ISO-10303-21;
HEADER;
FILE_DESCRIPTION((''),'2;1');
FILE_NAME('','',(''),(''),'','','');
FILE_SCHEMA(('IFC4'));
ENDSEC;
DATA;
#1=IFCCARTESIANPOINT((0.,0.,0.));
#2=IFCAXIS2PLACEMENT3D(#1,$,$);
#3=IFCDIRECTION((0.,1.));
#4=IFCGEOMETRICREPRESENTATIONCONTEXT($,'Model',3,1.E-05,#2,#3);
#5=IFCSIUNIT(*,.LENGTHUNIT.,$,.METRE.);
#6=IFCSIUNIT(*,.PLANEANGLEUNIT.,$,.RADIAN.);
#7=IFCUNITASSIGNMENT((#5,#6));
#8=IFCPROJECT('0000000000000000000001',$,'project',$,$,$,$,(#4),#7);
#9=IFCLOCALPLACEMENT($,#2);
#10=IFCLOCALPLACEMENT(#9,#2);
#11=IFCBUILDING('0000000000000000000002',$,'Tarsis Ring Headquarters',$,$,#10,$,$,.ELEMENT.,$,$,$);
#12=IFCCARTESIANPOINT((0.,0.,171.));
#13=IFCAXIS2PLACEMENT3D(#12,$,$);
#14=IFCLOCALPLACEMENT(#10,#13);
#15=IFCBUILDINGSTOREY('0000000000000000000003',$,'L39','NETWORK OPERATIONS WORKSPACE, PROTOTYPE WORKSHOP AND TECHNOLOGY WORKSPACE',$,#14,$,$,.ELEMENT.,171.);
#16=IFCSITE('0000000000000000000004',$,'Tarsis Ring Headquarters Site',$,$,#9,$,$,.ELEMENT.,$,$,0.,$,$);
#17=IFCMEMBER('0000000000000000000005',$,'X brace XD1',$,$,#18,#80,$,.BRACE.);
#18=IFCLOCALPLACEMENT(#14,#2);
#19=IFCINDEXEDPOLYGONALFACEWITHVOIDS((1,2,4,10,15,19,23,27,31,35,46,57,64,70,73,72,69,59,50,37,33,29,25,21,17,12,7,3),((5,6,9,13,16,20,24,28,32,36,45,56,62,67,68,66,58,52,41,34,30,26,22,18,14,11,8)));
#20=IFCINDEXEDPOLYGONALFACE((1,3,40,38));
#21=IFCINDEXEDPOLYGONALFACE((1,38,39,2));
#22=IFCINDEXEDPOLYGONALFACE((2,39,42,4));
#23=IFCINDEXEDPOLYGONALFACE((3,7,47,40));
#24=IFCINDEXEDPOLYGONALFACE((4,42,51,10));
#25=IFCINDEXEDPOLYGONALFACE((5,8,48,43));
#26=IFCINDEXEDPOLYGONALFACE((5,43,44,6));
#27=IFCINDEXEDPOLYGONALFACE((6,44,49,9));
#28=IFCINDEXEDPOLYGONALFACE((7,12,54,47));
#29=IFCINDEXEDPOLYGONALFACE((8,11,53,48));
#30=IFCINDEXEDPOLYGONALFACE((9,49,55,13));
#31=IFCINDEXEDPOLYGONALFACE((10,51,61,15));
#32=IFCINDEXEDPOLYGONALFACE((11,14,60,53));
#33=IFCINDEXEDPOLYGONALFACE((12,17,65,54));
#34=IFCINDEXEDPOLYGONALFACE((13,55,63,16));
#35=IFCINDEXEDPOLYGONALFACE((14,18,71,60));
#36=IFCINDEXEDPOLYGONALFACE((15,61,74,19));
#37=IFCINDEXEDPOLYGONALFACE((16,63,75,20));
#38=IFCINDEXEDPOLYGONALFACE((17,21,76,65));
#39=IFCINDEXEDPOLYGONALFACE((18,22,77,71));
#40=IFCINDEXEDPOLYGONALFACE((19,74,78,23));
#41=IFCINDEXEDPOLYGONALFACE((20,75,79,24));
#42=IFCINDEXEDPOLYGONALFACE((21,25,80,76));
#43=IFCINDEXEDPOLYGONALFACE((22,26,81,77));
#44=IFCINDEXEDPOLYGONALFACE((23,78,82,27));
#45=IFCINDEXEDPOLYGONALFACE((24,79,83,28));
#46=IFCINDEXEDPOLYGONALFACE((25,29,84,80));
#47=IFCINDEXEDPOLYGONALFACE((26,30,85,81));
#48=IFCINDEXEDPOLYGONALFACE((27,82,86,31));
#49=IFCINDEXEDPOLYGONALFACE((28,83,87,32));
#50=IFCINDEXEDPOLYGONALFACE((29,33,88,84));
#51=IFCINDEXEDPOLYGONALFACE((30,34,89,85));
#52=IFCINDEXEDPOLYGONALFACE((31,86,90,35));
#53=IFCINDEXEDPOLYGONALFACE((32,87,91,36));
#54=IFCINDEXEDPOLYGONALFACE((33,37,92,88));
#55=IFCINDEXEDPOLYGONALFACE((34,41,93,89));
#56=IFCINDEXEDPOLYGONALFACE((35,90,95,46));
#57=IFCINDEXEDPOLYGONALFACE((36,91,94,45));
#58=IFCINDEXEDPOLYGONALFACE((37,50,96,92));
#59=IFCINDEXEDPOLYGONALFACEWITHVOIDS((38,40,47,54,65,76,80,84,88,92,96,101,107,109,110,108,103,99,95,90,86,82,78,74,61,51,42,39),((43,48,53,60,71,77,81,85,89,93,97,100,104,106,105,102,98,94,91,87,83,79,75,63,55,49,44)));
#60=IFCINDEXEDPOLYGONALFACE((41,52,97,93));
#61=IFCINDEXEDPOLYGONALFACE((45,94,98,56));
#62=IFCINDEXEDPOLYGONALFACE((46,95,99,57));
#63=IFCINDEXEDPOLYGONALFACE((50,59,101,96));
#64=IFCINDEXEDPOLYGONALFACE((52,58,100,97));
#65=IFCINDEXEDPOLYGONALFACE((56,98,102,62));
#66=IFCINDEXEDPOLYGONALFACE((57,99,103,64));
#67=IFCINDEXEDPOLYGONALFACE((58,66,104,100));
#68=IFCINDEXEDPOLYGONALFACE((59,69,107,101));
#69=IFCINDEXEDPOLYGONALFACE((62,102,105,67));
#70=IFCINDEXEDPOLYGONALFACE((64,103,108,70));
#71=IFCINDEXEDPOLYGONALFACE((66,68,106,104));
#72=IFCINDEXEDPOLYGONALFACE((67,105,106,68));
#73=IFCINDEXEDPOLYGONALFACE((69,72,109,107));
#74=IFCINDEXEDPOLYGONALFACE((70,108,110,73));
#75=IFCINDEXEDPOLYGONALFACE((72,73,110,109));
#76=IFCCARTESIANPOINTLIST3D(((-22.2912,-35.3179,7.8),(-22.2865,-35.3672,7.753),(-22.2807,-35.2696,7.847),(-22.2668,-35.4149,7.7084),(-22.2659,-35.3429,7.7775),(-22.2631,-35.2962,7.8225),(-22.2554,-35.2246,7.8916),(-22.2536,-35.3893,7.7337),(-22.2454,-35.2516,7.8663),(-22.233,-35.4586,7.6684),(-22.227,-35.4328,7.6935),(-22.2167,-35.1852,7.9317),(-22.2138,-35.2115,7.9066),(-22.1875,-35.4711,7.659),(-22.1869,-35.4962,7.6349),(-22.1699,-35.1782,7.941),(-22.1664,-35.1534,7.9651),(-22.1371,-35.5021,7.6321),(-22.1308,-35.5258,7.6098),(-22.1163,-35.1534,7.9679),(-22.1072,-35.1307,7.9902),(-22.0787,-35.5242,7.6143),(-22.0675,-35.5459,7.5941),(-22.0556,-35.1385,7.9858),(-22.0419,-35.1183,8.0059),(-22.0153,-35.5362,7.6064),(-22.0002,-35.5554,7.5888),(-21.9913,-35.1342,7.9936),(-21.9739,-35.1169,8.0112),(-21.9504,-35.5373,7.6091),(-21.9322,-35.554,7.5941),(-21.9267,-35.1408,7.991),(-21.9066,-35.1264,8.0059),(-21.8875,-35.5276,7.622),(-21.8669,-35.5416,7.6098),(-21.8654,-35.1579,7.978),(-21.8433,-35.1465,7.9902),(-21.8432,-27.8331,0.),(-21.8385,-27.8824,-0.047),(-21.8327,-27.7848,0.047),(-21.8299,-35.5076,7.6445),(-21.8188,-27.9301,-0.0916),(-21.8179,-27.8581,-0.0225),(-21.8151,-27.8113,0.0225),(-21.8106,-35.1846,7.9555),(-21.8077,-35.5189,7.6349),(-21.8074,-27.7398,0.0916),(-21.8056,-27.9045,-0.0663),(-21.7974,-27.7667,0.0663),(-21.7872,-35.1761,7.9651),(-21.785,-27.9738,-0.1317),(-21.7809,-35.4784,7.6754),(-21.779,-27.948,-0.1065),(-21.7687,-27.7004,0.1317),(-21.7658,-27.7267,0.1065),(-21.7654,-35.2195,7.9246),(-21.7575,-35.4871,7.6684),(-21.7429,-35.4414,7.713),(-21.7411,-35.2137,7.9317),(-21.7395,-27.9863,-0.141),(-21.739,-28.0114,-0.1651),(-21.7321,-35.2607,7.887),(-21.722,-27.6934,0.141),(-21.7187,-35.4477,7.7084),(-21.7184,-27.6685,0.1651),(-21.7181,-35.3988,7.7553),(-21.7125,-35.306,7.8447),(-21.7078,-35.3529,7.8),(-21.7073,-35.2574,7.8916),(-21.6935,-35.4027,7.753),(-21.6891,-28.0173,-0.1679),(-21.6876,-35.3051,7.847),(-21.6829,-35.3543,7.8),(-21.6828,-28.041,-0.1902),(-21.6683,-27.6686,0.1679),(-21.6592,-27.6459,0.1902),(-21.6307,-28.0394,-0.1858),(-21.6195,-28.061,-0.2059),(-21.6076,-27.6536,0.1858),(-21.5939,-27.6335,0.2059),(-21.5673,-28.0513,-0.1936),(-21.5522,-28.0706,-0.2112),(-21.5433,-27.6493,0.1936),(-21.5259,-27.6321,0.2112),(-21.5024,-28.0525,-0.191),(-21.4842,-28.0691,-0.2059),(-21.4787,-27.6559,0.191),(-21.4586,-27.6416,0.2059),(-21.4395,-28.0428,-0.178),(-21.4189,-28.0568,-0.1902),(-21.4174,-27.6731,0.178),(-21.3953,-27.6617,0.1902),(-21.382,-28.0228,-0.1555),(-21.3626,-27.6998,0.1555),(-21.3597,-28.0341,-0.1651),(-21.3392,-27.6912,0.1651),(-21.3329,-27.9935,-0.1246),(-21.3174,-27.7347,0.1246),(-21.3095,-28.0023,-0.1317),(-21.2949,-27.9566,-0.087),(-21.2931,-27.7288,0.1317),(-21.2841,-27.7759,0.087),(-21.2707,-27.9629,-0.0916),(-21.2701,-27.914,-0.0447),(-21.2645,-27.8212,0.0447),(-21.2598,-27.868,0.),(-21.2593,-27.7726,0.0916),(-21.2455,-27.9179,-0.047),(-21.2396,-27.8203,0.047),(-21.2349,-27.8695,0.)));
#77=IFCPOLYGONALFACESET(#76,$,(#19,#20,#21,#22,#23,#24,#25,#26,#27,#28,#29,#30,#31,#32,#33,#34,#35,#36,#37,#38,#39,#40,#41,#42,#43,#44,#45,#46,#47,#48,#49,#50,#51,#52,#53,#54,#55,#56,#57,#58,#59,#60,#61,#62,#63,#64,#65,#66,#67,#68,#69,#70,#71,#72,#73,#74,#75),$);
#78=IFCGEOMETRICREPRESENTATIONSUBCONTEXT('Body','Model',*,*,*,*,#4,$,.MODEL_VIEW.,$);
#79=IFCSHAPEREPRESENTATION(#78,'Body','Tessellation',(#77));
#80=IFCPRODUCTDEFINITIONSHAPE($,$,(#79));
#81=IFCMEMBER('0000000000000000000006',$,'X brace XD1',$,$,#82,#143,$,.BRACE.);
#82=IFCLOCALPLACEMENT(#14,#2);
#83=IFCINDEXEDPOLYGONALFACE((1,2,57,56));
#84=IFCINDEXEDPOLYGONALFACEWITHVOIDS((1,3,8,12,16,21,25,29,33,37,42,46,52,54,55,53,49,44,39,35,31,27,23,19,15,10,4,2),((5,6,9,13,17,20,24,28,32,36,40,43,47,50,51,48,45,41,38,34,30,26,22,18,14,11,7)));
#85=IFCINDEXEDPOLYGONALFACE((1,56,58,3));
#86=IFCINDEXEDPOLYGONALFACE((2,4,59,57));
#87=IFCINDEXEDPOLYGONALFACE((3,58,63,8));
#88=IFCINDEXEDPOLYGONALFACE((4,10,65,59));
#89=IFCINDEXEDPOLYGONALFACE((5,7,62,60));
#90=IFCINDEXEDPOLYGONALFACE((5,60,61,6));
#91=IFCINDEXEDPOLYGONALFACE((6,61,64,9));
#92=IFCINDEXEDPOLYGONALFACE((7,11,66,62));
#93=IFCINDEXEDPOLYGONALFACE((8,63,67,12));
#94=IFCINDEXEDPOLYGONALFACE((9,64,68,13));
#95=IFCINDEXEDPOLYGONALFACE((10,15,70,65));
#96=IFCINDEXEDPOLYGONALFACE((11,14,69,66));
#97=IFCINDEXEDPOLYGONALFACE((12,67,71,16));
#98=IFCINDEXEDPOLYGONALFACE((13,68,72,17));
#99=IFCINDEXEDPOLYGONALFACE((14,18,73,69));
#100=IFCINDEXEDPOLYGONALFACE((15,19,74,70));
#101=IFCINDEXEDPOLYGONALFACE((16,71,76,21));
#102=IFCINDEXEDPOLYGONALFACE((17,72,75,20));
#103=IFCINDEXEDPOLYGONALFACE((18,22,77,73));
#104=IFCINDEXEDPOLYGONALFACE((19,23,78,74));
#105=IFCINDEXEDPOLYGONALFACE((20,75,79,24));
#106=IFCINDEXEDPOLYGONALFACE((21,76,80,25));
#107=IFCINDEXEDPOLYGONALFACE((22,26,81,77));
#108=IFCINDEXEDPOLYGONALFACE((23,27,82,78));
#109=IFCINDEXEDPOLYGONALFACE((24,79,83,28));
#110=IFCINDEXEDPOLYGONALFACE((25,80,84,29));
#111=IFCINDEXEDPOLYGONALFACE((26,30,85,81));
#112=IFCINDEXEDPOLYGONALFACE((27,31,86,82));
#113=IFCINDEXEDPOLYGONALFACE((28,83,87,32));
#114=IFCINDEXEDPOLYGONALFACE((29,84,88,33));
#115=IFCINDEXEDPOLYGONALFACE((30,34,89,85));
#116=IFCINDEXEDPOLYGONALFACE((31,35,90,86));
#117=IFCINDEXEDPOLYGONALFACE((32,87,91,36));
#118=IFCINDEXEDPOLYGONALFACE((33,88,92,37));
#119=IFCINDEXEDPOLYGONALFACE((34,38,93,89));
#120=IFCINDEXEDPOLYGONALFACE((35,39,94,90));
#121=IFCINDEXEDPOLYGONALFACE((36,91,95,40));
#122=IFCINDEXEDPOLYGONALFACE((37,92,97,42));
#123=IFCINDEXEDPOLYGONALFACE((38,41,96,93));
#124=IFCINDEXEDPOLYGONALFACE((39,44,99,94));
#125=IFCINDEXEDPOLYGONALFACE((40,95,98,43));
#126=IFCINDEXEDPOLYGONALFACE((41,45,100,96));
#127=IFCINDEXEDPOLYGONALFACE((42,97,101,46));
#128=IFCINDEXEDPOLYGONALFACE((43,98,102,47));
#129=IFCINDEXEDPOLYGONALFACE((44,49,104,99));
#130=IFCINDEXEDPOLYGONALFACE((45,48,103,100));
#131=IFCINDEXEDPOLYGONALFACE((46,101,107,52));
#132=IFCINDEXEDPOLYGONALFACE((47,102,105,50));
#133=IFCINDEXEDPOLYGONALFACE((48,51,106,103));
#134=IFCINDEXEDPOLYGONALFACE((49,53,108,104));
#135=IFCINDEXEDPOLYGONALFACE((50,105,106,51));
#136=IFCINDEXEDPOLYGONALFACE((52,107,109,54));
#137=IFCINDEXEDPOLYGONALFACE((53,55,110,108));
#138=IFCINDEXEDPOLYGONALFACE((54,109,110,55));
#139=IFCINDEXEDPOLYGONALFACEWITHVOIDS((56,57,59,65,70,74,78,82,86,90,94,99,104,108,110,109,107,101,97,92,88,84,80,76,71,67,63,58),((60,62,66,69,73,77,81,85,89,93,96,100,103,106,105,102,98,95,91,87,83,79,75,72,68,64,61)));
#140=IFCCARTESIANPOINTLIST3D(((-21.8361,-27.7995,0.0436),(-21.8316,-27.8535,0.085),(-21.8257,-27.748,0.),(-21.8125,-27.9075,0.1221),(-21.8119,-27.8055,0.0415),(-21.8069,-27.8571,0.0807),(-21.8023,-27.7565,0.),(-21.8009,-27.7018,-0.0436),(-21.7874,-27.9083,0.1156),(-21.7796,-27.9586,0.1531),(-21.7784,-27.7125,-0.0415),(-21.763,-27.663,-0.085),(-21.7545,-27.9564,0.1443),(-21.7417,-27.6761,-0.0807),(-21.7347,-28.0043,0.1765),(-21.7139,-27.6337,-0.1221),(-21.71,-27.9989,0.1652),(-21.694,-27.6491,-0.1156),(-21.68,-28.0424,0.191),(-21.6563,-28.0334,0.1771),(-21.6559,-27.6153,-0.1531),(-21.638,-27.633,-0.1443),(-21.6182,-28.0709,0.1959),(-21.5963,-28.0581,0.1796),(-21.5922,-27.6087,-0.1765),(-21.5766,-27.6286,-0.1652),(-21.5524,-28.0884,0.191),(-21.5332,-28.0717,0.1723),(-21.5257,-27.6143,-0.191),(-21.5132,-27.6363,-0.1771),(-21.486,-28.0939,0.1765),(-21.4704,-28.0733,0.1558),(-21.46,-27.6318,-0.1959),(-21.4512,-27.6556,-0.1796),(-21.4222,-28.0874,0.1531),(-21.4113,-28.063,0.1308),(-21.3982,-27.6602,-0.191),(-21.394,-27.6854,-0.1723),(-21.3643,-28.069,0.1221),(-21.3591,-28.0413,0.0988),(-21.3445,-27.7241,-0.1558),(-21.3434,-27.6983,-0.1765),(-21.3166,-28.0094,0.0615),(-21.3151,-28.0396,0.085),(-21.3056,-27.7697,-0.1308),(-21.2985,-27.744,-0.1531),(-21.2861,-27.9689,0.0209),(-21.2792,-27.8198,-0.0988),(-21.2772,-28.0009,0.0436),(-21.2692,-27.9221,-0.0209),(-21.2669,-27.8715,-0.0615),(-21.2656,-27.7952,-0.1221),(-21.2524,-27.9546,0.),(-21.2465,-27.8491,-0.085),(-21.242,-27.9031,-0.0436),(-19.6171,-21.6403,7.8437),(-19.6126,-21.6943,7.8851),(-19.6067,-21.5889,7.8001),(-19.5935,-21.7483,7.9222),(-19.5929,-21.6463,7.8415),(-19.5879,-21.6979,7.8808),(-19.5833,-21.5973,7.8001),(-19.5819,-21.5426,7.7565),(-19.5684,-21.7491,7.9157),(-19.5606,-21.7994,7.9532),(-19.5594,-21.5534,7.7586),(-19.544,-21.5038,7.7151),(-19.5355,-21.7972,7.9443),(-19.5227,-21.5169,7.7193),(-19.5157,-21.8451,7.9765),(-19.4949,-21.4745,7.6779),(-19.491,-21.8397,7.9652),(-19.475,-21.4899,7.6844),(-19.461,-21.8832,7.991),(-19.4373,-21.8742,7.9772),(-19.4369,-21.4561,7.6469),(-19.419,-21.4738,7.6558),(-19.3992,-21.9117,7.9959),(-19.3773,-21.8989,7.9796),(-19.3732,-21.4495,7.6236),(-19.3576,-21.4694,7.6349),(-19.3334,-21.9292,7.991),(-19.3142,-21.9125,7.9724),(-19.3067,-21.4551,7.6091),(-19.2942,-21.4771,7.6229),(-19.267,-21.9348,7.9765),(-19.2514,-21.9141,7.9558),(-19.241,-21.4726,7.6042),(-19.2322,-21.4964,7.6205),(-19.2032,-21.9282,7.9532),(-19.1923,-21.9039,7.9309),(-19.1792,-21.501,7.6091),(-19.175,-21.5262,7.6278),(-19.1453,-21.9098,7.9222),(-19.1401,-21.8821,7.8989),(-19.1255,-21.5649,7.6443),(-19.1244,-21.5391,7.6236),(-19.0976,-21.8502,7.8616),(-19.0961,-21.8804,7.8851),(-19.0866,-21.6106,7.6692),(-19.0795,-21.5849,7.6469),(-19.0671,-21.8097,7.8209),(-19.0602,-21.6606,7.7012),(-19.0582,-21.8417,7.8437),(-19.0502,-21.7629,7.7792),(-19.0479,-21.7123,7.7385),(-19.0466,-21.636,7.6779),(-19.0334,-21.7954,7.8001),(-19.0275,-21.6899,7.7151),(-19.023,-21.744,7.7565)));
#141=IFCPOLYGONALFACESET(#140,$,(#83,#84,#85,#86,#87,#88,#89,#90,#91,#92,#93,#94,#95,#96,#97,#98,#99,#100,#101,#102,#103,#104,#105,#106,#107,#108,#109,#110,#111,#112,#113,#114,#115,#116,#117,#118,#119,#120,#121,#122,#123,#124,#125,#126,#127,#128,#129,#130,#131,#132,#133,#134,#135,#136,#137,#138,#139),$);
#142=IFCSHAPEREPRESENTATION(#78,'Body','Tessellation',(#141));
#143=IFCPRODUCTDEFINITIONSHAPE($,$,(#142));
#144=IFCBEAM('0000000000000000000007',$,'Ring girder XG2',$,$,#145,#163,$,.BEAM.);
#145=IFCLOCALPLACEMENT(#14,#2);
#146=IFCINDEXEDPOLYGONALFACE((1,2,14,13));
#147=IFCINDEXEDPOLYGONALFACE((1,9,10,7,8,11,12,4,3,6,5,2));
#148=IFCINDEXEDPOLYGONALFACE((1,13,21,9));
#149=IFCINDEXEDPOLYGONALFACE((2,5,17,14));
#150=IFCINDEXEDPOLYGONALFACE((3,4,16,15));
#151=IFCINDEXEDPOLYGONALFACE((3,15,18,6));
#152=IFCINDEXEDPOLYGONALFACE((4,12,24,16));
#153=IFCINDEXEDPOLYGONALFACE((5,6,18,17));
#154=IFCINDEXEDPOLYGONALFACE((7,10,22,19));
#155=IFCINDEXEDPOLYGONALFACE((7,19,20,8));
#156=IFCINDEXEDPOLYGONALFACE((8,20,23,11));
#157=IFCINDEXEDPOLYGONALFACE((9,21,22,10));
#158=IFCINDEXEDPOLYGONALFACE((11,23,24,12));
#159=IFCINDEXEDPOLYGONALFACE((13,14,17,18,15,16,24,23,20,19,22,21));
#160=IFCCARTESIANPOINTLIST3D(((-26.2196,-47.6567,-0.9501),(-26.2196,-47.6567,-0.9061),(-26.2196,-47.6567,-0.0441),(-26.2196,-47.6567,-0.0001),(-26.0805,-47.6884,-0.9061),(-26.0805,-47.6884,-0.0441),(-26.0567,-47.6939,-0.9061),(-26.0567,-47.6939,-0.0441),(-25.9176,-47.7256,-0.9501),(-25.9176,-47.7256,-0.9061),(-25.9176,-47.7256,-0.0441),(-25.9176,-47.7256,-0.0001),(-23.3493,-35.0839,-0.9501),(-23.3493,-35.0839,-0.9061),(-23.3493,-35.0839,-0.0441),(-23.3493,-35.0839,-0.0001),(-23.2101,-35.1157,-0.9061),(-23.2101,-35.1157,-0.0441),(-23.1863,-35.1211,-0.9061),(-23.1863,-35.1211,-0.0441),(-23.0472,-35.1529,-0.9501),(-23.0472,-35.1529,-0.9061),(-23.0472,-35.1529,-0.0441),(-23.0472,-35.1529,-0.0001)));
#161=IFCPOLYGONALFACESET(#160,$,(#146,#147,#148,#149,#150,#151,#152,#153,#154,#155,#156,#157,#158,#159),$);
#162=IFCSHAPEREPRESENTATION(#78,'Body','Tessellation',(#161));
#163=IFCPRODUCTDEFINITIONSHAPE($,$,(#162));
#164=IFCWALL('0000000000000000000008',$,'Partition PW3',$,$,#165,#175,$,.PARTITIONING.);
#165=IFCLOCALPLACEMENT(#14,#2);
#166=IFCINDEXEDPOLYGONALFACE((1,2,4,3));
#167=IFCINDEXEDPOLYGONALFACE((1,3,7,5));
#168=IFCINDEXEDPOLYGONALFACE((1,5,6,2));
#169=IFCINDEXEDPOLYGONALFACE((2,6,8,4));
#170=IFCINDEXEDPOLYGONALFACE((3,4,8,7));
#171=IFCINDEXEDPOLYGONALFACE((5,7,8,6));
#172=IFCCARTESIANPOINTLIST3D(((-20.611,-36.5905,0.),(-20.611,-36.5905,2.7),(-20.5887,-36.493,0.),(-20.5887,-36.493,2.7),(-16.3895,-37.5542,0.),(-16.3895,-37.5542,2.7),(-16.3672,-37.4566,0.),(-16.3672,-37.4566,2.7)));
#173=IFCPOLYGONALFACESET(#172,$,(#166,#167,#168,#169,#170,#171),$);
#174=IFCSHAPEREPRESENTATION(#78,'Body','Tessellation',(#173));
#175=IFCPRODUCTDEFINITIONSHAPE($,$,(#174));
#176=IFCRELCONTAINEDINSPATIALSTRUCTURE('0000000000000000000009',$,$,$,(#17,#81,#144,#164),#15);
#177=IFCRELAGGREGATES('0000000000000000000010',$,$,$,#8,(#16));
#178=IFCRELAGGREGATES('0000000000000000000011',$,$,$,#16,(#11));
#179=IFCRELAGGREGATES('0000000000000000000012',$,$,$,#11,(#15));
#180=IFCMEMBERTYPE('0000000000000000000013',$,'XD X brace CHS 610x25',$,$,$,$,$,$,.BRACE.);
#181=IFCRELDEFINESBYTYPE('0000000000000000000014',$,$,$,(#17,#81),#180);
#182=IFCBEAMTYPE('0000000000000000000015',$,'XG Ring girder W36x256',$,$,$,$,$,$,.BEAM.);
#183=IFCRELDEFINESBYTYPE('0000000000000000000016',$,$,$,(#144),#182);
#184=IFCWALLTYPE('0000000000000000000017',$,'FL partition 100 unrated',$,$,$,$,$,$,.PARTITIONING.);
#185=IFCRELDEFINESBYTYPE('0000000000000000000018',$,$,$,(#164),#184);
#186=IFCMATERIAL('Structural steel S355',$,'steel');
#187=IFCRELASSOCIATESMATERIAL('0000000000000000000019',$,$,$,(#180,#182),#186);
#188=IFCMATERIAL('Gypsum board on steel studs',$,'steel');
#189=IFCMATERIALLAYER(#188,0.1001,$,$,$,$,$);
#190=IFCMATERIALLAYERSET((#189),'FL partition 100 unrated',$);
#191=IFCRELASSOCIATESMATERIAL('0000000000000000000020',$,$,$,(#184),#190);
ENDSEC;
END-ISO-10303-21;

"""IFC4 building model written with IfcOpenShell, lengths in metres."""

from ifc_helpers import new_model, si_unit, direction, frame, frame_2d, origin, origin_2d, place, context, subcontext, project, spatial, rectangle, hollow_circle, i_section, extrude, material, layer, layer_set, material_profile, profile_set, type_object, element, save


model = new_model("IFC4")

# Units and contexts
model_context = context("Model", 3, precision=1e-05, world=origin(), true_north=direction((0.0, 1.0)))
body_context = subcontext(model_context, "Body", "Model", "MODEL_VIEW")
ifc_project = project(units=[si_unit("LENGTHUNIT", "METRE"), si_unit("PLANEANGLEUNIT", "RADIAN")], contexts=[model_context])

# Site, building, storey
site_placement = place(None, origin())
site = spatial("IfcSite", under=ifc_project, at=site_placement, Name="Tarsis Ring Headquarters Site", CompositionType="ELEMENT", RefElevation=0.0)
building_placement = place(site_placement, origin())
building = spatial("IfcBuilding", under=site, at=building_placement, Name="Tarsis Ring Headquarters", CompositionType="ELEMENT")
storey_placement = place(building_placement, frame((0.0, 0.0, 171.0)))
storey = spatial("IfcBuildingStorey", under=building, at=storey_placement, Name="L39", Description="NETWORK OPERATIONS WORKSPACE, PROTOTYPE WORKSHOP AND TECHNOLOGY WORKSPACE", CompositionType="ELEMENT", Elevation=171.0)

# Shared definitions
ifc_material_1 = material(Name="Structural steel S355", Category="steel")

# Shared definitions
ifc_material_profile_1 = material_profile(ifc_material_1, i_section(OverallWidth=0.3098, OverallDepth=0.95, WebThickness=0.0244, FlangeThickness=0.0439, at=origin_2d()), Name="W36x256")
ifc_profile_set_1 = profile_set([ifc_material_profile_1], Name="Structural steel S355")

# Members
ifc_material_profile_2 = material_profile(ifc_material_1, hollow_circle(Radius=0.3047, WallThickness=0.0249, at=origin_2d()), Name="CHS 610x25")
ifc_profile_set_2 = profile_set([ifc_material_profile_2], Name="Structural steel S355")
member_type = type_object("IfcMemberType", Name="XD X brace CHS 610x25", PredefinedType="BRACE", material=ifc_profile_set_2)
member_1_placement = place(storey_placement, frame((-21.5391, -27.8513, 0.0), z_axis=(-0.041406, -0.691785, 0.720916), x_axis=(0.998214, -0.059747, 0.0)))
element("IfcMember", 1, at=member_1_placement, inside=storey, type_object=member_type, Name="X brace XD1", PredefinedType="BRACE", context=body_context, shape_type="SweptSolid", body=[
    extrude(hollow_circle(Radius=0.3047, WallThickness=0.0249, at=origin_2d()), origin(), (0.0, 0.0, 1.0), 10.8196),
])
member_2_placement = place(storey_placement, frame((-21.5391, -27.8513, 0.0), z_axis=(0.217905, 0.60483, 0.765963), x_axis=(-0.940805, 0.338948, 0.0)))
element("IfcMember", 2, at=member_2_placement, inside=storey, type_object=member_type, Name="X brace XD1", PredefinedType="BRACE", context=body_context, shape_type="SweptSolid", body=[
    extrude(hollow_circle(Radius=0.3047, WallThickness=0.0249, at=origin_2d()), origin(), (0.0, 0.0, 1.0), 10.1833),
])

# Beam
beam_type_1 = type_object("IfcBeamType", Name="XG Ring girder W36x256", PredefinedType="BEAM", material=ifc_profile_set_1)
beam_1_placement = place(storey_placement, frame((-23.1982, -35.1184, -0.4751), z_axis=(-0.222573, -0.974916, 0.0), x_axis=(0.974916, -0.222573, 0.0)))
element("IfcBeam", 3, at=beam_1_placement, inside=storey, type_object=beam_type_1, Name="Ring girder XG2", PredefinedType="BEAM", context=body_context, shape_type="SweptSolid", body=[
    extrude(i_section(OverallWidth=0.3098, OverallDepth=0.95, WebThickness=0.0244, FlangeThickness=0.0439, at=origin_2d()), origin(), (0.0, 0.0, 1.0), 12.8962),
])

# Wall
ifc_material_2 = material(Name="Gypsum board on steel studs", Category="steel")
ifc_layer_1 = layer(ifc_material_2, 0.1001)
ifc_layer_set_1 = layer_set([ifc_layer_1], Name="FL partition 100 unrated")
wall_type_1 = type_object("IfcWallType", Name="FL partition 100 unrated", PredefinedType="PARTITIONING", material=ifc_layer_set_1)
wall_1_placement = place(storey_placement, frame((-20.5999, -36.5417, 0.0), z_axis=(0.0, 0.0, 1.0), x_axis=(0.974923, -0.222545, 0.0)))
element("IfcWall", 4, at=wall_1_placement, inside=storey, type_object=wall_type_1, Name="Partition PW3", PredefinedType="PARTITIONING", context=body_context, shape_type="SweptSolid", body=[
    extrude(rectangle(XDim=4.3301, YDim=0.1001, at=frame_2d((2.165, 0.0))), origin(), (0.0, 0.0, 1.0), 2.7),
])

save(model, "model.ifc")
